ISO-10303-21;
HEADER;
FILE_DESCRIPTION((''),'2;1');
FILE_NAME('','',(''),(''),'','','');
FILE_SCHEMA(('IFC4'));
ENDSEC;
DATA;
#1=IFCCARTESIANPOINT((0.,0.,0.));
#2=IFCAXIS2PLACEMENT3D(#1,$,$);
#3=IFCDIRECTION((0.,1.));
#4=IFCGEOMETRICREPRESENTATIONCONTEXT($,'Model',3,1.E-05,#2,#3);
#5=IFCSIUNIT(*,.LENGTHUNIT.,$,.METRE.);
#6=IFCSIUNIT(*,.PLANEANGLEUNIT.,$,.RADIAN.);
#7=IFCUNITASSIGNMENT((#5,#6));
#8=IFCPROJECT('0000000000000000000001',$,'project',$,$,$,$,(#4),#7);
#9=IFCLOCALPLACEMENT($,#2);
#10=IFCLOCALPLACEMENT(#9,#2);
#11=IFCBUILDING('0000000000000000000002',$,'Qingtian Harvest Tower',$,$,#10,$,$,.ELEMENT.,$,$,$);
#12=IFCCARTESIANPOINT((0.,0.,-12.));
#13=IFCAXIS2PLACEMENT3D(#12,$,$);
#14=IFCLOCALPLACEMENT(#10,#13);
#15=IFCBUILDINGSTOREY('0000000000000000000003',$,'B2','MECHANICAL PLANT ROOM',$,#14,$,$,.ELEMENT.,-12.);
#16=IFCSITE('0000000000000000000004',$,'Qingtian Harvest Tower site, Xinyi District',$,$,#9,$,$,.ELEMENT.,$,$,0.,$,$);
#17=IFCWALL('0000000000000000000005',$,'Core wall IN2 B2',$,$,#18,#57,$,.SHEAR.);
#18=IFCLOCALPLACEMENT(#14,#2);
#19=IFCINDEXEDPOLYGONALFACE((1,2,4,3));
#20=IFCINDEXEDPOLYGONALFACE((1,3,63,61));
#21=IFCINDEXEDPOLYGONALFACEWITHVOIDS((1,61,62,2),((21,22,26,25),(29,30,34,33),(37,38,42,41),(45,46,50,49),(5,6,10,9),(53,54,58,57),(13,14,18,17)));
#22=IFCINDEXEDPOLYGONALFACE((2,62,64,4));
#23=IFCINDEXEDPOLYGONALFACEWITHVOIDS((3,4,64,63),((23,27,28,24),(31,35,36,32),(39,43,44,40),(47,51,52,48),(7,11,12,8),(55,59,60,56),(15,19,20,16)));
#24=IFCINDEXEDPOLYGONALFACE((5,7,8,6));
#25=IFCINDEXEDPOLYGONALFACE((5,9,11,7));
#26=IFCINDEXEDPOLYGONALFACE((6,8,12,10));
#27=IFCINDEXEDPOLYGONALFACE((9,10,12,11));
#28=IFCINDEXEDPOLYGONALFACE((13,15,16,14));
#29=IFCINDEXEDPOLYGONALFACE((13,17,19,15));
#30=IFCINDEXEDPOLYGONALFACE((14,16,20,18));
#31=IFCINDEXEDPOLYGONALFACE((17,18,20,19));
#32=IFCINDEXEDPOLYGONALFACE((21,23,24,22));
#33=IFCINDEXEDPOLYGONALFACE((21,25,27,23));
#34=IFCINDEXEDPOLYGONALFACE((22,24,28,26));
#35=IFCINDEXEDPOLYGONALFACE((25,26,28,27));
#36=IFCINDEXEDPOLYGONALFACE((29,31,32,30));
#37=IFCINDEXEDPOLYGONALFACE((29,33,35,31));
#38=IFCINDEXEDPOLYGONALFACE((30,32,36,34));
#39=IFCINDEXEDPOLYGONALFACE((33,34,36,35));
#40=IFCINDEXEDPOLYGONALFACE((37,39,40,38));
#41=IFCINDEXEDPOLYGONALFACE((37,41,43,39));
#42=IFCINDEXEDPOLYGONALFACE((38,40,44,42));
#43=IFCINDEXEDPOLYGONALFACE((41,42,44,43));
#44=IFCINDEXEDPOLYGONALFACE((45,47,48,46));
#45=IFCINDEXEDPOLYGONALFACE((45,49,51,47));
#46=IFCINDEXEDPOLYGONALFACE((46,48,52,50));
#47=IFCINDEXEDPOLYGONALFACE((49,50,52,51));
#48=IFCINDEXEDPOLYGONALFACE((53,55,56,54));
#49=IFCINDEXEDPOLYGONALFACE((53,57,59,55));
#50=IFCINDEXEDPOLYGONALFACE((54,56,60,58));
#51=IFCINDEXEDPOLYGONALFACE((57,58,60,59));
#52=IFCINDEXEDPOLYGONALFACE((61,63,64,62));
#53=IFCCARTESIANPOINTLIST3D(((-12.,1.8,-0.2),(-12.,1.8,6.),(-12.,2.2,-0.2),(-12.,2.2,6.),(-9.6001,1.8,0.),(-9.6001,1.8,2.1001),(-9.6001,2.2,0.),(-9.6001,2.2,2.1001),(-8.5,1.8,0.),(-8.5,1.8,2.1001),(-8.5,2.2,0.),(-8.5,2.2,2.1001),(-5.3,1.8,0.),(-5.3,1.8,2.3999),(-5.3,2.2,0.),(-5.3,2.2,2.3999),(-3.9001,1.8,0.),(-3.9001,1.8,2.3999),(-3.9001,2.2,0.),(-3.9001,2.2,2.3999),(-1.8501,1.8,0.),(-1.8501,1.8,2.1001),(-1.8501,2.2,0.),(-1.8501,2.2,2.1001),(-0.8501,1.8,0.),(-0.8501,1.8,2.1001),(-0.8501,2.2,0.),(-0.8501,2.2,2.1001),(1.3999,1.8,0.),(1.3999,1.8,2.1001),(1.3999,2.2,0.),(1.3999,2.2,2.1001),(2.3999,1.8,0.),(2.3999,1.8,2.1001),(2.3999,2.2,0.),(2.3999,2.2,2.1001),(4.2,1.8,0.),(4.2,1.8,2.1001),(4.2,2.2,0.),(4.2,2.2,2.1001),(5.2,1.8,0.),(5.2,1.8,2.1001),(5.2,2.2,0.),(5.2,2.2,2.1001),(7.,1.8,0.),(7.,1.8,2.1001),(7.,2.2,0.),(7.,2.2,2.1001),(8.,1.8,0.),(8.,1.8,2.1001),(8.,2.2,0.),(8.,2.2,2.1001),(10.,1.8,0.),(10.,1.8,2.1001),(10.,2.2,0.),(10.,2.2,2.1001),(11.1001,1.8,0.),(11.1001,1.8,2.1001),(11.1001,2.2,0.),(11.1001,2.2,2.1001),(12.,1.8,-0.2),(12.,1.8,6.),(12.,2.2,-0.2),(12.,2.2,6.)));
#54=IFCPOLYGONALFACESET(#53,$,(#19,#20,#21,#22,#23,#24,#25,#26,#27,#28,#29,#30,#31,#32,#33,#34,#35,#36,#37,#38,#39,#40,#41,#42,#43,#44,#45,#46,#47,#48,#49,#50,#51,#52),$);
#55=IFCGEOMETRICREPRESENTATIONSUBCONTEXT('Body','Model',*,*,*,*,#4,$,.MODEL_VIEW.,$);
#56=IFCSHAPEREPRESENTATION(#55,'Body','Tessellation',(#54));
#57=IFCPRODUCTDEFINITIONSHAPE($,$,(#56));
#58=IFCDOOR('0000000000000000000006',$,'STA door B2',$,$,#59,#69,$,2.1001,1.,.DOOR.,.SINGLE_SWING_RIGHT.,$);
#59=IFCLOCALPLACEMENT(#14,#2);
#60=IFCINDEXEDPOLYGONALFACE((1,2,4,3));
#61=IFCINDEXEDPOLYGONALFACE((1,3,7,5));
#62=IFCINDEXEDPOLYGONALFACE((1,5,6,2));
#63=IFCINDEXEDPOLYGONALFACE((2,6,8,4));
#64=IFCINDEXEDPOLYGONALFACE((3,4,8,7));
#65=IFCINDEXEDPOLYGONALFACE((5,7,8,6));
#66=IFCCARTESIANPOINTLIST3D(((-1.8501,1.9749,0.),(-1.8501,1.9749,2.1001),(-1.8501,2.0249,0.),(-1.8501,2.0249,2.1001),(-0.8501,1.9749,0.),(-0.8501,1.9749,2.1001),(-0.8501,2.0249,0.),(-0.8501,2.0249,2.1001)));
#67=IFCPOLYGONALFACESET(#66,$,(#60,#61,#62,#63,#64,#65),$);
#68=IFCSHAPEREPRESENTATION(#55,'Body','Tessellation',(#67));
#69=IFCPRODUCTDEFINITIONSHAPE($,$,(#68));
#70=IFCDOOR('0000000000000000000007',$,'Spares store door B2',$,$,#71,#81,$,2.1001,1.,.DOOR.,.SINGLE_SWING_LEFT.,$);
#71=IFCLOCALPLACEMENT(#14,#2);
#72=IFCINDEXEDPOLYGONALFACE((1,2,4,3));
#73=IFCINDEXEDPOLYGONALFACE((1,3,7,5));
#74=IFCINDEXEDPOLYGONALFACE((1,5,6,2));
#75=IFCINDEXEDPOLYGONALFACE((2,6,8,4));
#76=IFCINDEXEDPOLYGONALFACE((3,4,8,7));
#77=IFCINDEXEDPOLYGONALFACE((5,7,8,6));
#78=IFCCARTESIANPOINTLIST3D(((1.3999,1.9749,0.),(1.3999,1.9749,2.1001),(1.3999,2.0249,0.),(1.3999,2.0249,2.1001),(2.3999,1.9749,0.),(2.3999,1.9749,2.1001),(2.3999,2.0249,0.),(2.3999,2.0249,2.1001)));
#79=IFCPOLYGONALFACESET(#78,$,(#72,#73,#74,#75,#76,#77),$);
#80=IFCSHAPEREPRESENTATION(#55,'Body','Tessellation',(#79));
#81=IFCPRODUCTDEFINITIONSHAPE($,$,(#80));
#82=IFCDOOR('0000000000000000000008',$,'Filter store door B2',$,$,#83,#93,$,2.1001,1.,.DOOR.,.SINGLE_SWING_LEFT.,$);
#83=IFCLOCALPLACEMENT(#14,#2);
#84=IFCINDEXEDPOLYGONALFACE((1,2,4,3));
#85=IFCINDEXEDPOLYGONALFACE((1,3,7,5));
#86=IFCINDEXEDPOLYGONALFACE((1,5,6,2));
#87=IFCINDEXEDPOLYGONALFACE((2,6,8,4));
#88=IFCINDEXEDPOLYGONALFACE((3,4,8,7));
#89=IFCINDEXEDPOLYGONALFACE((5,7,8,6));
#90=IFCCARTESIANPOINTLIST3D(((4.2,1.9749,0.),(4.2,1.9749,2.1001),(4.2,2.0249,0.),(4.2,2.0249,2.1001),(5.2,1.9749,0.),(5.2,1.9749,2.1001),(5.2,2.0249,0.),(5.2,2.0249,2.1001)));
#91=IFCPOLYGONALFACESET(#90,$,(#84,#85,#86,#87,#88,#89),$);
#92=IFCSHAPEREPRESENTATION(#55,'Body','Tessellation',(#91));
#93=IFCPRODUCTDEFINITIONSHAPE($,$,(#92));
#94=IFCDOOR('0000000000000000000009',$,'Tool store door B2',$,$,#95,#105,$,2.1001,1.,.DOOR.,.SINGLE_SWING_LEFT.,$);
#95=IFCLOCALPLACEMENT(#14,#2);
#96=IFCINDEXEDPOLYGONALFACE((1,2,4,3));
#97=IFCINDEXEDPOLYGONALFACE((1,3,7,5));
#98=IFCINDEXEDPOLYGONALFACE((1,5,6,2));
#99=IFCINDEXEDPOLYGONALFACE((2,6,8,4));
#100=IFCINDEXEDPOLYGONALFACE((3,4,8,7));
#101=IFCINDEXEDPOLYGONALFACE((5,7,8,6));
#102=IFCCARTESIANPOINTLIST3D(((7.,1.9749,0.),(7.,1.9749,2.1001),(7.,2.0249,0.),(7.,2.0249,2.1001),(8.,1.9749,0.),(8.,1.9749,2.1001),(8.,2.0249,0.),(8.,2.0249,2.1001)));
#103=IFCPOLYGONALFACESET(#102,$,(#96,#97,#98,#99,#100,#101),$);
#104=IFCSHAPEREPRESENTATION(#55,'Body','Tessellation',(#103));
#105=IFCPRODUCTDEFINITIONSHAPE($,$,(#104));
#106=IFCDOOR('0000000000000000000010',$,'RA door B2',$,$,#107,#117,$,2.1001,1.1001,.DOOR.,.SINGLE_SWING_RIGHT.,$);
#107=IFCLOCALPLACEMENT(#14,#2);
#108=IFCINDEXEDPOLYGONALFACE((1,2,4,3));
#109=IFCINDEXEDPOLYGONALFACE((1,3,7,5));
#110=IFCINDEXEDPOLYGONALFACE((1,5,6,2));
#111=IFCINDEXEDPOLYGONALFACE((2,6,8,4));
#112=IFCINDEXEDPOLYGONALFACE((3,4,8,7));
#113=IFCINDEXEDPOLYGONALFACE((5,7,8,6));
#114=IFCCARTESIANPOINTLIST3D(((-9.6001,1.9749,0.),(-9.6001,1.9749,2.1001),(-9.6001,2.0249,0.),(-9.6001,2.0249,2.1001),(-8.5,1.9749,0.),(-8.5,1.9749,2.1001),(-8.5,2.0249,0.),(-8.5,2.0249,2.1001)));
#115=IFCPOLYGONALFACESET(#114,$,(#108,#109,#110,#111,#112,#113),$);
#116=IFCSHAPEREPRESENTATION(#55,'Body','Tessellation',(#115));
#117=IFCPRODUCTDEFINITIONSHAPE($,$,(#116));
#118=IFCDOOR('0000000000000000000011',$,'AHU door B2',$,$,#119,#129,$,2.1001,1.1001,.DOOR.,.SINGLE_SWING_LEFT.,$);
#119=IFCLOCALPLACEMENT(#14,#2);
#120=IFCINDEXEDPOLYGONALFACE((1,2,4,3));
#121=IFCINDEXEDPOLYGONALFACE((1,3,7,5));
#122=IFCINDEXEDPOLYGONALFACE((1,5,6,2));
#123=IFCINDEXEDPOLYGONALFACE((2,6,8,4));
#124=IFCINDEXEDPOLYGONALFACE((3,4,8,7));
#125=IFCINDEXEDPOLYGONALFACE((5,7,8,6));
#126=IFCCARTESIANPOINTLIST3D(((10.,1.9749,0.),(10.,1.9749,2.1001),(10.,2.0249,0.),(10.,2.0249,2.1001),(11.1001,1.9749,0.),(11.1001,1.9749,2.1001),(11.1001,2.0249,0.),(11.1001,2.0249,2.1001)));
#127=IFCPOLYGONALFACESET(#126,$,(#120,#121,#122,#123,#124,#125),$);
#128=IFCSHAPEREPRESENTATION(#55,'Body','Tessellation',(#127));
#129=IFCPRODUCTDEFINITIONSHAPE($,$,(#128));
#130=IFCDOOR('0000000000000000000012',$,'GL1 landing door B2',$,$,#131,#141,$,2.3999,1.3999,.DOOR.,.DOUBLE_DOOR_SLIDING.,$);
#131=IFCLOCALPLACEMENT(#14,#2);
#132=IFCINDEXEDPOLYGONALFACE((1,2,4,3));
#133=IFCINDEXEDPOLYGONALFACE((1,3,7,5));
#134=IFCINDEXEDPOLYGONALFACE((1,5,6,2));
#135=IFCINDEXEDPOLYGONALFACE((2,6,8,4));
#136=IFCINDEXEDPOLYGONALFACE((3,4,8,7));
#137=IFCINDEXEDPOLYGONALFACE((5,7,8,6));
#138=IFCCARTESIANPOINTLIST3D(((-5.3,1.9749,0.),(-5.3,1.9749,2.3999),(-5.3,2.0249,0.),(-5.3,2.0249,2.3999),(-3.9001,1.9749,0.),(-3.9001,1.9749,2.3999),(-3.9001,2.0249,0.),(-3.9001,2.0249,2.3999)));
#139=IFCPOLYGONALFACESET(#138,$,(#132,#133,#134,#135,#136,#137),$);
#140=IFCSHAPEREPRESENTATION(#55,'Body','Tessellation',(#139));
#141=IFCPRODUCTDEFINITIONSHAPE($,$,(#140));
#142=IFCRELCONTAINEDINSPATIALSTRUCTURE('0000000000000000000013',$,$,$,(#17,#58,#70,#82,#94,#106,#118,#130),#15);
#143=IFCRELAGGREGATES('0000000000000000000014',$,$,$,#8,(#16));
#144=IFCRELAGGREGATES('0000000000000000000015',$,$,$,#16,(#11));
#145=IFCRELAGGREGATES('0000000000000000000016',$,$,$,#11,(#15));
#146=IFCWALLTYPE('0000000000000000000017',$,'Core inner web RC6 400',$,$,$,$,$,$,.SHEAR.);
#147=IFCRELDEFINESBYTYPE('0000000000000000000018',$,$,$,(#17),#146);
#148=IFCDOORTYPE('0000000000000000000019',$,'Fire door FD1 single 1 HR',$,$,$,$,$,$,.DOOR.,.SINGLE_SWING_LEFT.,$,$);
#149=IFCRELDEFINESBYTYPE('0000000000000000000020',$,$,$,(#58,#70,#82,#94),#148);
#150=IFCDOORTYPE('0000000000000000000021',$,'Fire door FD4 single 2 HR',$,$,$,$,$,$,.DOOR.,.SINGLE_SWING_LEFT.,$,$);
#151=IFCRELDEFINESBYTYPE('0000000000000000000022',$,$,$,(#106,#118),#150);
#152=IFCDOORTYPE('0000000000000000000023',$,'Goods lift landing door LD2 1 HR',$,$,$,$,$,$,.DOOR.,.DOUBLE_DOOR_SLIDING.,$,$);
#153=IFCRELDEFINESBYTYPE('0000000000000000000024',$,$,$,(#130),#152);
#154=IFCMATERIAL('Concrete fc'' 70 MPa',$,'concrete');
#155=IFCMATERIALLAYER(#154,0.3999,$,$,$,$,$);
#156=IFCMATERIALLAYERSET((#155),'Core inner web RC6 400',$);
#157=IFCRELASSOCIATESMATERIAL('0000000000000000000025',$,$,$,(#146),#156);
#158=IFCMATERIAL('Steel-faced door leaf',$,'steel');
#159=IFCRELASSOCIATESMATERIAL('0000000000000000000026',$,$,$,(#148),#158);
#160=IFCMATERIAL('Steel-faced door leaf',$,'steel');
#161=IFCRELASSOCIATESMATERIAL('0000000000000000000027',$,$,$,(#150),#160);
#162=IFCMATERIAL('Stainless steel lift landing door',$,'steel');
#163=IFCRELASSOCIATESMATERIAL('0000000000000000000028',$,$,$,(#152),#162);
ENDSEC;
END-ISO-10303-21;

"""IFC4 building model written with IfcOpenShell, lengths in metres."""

from ifc_helpers import new_model, si_unit, direction, frame, frame_2d, origin, place, context, subcontext, project, spatial, rectangle, extrude, material, layer, layer_set, type_object, element, fill, save


model = new_model("IFC4")

# Units and contexts
model_context = context("Model", 3, precision=1e-05, world=origin(), true_north=direction((0.0, 1.0)))
body_context = subcontext(model_context, "Body", "Model", "MODEL_VIEW")
ifc_project = project(units=[si_unit("LENGTHUNIT", "METRE"), si_unit("PLANEANGLEUNIT", "RADIAN")], contexts=[model_context])

# Site, building, storey
site_placement = place(None, origin())
site = spatial("IfcSite", under=ifc_project, at=site_placement, Name="Qingtian Harvest Tower site, Xinyi District", CompositionType="ELEMENT", RefElevation=0.0)
building_placement = place(site_placement, origin())
building = spatial("IfcBuilding", under=site, at=building_placement, Name="Qingtian Harvest Tower", CompositionType="ELEMENT")
storey_placement = place(building_placement, frame((0.0, 0.0, -12.0)))
storey = spatial("IfcBuildingStorey", under=building, at=storey_placement, Name="B2", Description="MECHANICAL PLANT ROOM", CompositionType="ELEMENT", Elevation=-12.0)

# Wall, openings, doors
ifc_material_1 = material(Name="Concrete fc' 70 MPa", Category="concrete")
ifc_layer_1 = layer(ifc_material_1, 0.3999)
ifc_layer_set_1 = layer_set([ifc_layer_1], Name="Core inner web RC6 400")
wall_type_1 = type_object("IfcWallType", Name="Core inner web RC6 400", PredefinedType="SHEAR", material=ifc_layer_set_1)
wall_1_placement = place(storey_placement, frame((-12.0, 2.0, -0.2), z_axis=(0.0, 0.0, 1.0), x_axis=(1.0, 0.0, 0.0)))
wall_1 = element("IfcWall", 1, at=wall_1_placement, inside=storey, type_object=wall_type_1, Name="Core wall IN2 B2", PredefinedType="SHEAR", context=body_context, shape_type="SweptSolid", body=[
    extrude(rectangle(XDim=24.0, YDim=0.3999, at=frame_2d((12.0, 0.0))), origin(), (0.0, 0.0, 1.0), 6.2),
])
opening_1_placement = place(wall_1_placement, frame((2.3999, 0.0, 0.2)))
opening_1 = element("IfcOpeningElement", 2, at=opening_1_placement, cuts=wall_1, PredefinedType="OPENING", context=body_context, shape_type="SweptSolid", body=[
    extrude(rectangle(XDim=1.1001, YDim=2.1001, at=frame_2d((0.55, 1.05))), frame((0.0, 0.21, 0.0), z_axis=(0.0, -1.0, 0.0), x_axis=(1.0, 0.0, 0.0)), (0.0, 0.0, 1.0), 0.4199),
])
opening_2_placement = place(wall_1_placement, frame((22.0, 0.0, 0.2)))
opening_2 = element("IfcOpeningElement", 3, at=opening_2_placement, cuts=wall_1, PredefinedType="OPENING", context=body_context, shape_type="SweptSolid", body=[
    extrude(rectangle(XDim=1.1001, YDim=2.1001, at=frame_2d((0.55, 1.05))), frame((0.0, 0.21, 0.0), z_axis=(0.0, -1.0, 0.0), x_axis=(1.0, 0.0, 0.0)), (0.0, 0.0, 1.0), 0.4199),
])
opening_3_placement = place(wall_1_placement, frame((10.1499, 0.0, 0.2)))
opening_3 = element("IfcOpeningElement", 4, at=opening_3_placement, cuts=wall_1, PredefinedType="OPENING", context=body_context, shape_type="SweptSolid", body=[
    extrude(rectangle(XDim=1.0, YDim=2.1001, at=frame_2d((0.5, 1.05))), frame((0.0, 0.21, 0.0), z_axis=(0.0, -1.0, 0.0), x_axis=(1.0, 0.0, 0.0)), (0.0, 0.0, 1.0), 0.4199),
])
opening_4_placement = place(wall_1_placement, frame((6.7, 0.0, 0.2)))
opening_4 = element("IfcOpeningElement", 5, at=opening_4_placement, cuts=wall_1, PredefinedType="OPENING", context=body_context, shape_type="SweptSolid", body=[
    extrude(rectangle(XDim=1.3999, YDim=2.3999, at=frame_2d((0.7, 1.2))), frame((0.0, 0.21, 0.0), z_axis=(0.0, -1.0, 0.0), x_axis=(1.0, 0.0, 0.0)), (0.0, 0.0, 1.0), 0.4199),
])
opening_5_placement = place(wall_1_placement, frame((13.3999, 0.0, 0.2)))
opening_5 = element("IfcOpeningElement", 6, at=opening_5_placement, cuts=wall_1, PredefinedType="OPENING", context=body_context, shape_type="SweptSolid", body=[
    extrude(rectangle(XDim=1.0, YDim=2.1001, at=frame_2d((0.5, 1.05))), frame((0.0, 0.21, 0.0), z_axis=(0.0, -1.0, 0.0), x_axis=(1.0, 0.0, 0.0)), (0.0, 0.0, 1.0), 0.4199),
])
opening_6_placement = place(wall_1_placement, frame((16.2, 0.0, 0.2)))
opening_6 = element("IfcOpeningElement", 7, at=opening_6_placement, cuts=wall_1, PredefinedType="OPENING", context=body_context, shape_type="SweptSolid", body=[
    extrude(rectangle(XDim=1.0, YDim=2.1001, at=frame_2d((0.5, 1.05))), frame((0.0, 0.21, 0.0), z_axis=(0.0, -1.0, 0.0), x_axis=(1.0, 0.0, 0.0)), (0.0, 0.0, 1.0), 0.4199),
])
opening_7_placement = place(wall_1_placement, frame((19.0, 0.0, 0.2)))
opening_7 = element("IfcOpeningElement", 8, at=opening_7_placement, cuts=wall_1, PredefinedType="OPENING", context=body_context, shape_type="SweptSolid", body=[
    extrude(rectangle(XDim=1.0, YDim=2.1001, at=frame_2d((0.5, 1.05))), frame((0.0, 0.21, 0.0), z_axis=(0.0, -1.0, 0.0), x_axis=(1.0, 0.0, 0.0)), (0.0, 0.0, 1.0), 0.4199),
])
ifc_material_2 = material(Name="Steel-faced door leaf", Category="steel")
door_type_1 = type_object("IfcDoorType", Name="Fire door FD1 single 1 HR", OperationType="SINGLE_SWING_LEFT", PredefinedType="DOOR", material=ifc_material_2)
door_1_placement = place(opening_3_placement, origin())
door_1 = element("IfcDoor", 9, at=door_1_placement, inside=storey, type_object=door_type_1, Name="STA door B2", OperationType="SINGLE_SWING_RIGHT", OverallHeight=2.1001, OverallWidth=1.0, PredefinedType="DOOR", context=body_context, shape_type="SweptSolid", body=[
    extrude(rectangle(XDim=1.0, YDim=2.1001, at=frame_2d((0.5, 1.05))), frame((0.0, 0.0249, 0.0), z_axis=(0.0, -1.0, 0.0), x_axis=(1.0, 0.0, 0.0)), (0.0, 0.0, 1.0), 0.05),
])
fill(opening_3, door_1)
door_2_placement = place(opening_5_placement, origin())
door_2 = element("IfcDoor", 10, at=door_2_placement, inside=storey, type_object=door_type_1, Name="Spares store door B2", OperationType="SINGLE_SWING_LEFT", OverallHeight=2.1001, OverallWidth=1.0, PredefinedType="DOOR", context=body_context, shape_type="SweptSolid", body=[
    extrude(rectangle(XDim=1.0, YDim=2.1001, at=frame_2d((0.5, 1.05))), frame((0.0, 0.0249, 0.0), z_axis=(0.0, -1.0, 0.0), x_axis=(1.0, 0.0, 0.0)), (0.0, 0.0, 1.0), 0.05),
])
fill(opening_5, door_2)
door_3_placement = place(opening_6_placement, origin())
door_3 = element("IfcDoor", 11, at=door_3_placement, inside=storey, type_object=door_type_1, Name="Filter store door B2", OperationType="SINGLE_SWING_LEFT", OverallHeight=2.1001, OverallWidth=1.0, PredefinedType="DOOR", context=body_context, shape_type="SweptSolid", body=[
    extrude(rectangle(XDim=1.0, YDim=2.1001, at=frame_2d((0.5, 1.05))), frame((0.0, 0.0249, 0.0), z_axis=(0.0, -1.0, 0.0), x_axis=(1.0, 0.0, 0.0)), (0.0, 0.0, 1.0), 0.05),
])
fill(opening_6, door_3)
door_4_placement = place(opening_7_placement, origin())
door_4 = element("IfcDoor", 12, at=door_4_placement, inside=storey, type_object=door_type_1, Name="Tool store door B2", OperationType="SINGLE_SWING_LEFT", OverallHeight=2.1001, OverallWidth=1.0, PredefinedType="DOOR", context=body_context, shape_type="SweptSolid", body=[
    extrude(rectangle(XDim=1.0, YDim=2.1001, at=frame_2d((0.5, 1.05))), frame((0.0, 0.0249, 0.0), z_axis=(0.0, -1.0, 0.0), x_axis=(1.0, 0.0, 0.0)), (0.0, 0.0, 1.0), 0.05),
])
fill(opening_7, door_4)
ifc_material_3 = material(Name="Steel-faced door leaf", Category="steel")
door_type_2 = type_object("IfcDoorType", Name="Fire door FD4 single 2 HR", OperationType="SINGLE_SWING_LEFT", PredefinedType="DOOR", material=ifc_material_3)
door_5_placement = place(opening_1_placement, origin())
door_5 = element("IfcDoor", 13, at=door_5_placement, inside=storey, type_object=door_type_2, Name="RA door B2", OperationType="SINGLE_SWING_RIGHT", OverallHeight=2.1001, OverallWidth=1.1001, PredefinedType="DOOR", context=body_context, shape_type="SweptSolid", body=[
    extrude(rectangle(XDim=1.1001, YDim=2.1001, at=frame_2d((0.55, 1.05))), frame((0.0, 0.0249, 0.0), z_axis=(0.0, -1.0, 0.0), x_axis=(1.0, 0.0, 0.0)), (0.0, 0.0, 1.0), 0.05),
])
fill(opening_1, door_5)
door_6_placement = place(opening_2_placement, origin())
door_6 = element("IfcDoor", 14, at=door_6_placement, inside=storey, type_object=door_type_2, Name="AHU door B2", OperationType="SINGLE_SWING_LEFT", OverallHeight=2.1001, OverallWidth=1.1001, PredefinedType="DOOR", context=body_context, shape_type="SweptSolid", body=[
    extrude(rectangle(XDim=1.1001, YDim=2.1001, at=frame_2d((0.55, 1.05))), frame((0.0, 0.0249, 0.0), z_axis=(0.0, -1.0, 0.0), x_axis=(1.0, 0.0, 0.0)), (0.0, 0.0, 1.0), 0.05),
])
fill(opening_2, door_6)
ifc_material_4 = material(Name="Stainless steel lift landing door", Category="steel")
door_type_3 = type_object("IfcDoorType", Name="Goods lift landing door LD2 1 HR", OperationType="DOUBLE_DOOR_SLIDING", PredefinedType="DOOR", material=ifc_material_4)
door_7_placement = place(opening_4_placement, origin())
door_7 = element("IfcDoor", 15, at=door_7_placement, inside=storey, type_object=door_type_3, Name="GL1 landing door B2", OperationType="DOUBLE_DOOR_SLIDING", OverallHeight=2.3999, OverallWidth=1.3999, PredefinedType="DOOR", context=body_context, shape_type="SweptSolid", body=[
    extrude(rectangle(XDim=1.3999, YDim=2.3999, at=frame_2d((0.7, 1.2))), frame((0.0, 0.0249, 0.0), z_axis=(0.0, -1.0, 0.0), x_axis=(1.0, 0.0, 0.0)), (0.0, 0.0, 1.0), 0.05),
])
fill(opening_4, door_7)

save(model, "model.ifc")
